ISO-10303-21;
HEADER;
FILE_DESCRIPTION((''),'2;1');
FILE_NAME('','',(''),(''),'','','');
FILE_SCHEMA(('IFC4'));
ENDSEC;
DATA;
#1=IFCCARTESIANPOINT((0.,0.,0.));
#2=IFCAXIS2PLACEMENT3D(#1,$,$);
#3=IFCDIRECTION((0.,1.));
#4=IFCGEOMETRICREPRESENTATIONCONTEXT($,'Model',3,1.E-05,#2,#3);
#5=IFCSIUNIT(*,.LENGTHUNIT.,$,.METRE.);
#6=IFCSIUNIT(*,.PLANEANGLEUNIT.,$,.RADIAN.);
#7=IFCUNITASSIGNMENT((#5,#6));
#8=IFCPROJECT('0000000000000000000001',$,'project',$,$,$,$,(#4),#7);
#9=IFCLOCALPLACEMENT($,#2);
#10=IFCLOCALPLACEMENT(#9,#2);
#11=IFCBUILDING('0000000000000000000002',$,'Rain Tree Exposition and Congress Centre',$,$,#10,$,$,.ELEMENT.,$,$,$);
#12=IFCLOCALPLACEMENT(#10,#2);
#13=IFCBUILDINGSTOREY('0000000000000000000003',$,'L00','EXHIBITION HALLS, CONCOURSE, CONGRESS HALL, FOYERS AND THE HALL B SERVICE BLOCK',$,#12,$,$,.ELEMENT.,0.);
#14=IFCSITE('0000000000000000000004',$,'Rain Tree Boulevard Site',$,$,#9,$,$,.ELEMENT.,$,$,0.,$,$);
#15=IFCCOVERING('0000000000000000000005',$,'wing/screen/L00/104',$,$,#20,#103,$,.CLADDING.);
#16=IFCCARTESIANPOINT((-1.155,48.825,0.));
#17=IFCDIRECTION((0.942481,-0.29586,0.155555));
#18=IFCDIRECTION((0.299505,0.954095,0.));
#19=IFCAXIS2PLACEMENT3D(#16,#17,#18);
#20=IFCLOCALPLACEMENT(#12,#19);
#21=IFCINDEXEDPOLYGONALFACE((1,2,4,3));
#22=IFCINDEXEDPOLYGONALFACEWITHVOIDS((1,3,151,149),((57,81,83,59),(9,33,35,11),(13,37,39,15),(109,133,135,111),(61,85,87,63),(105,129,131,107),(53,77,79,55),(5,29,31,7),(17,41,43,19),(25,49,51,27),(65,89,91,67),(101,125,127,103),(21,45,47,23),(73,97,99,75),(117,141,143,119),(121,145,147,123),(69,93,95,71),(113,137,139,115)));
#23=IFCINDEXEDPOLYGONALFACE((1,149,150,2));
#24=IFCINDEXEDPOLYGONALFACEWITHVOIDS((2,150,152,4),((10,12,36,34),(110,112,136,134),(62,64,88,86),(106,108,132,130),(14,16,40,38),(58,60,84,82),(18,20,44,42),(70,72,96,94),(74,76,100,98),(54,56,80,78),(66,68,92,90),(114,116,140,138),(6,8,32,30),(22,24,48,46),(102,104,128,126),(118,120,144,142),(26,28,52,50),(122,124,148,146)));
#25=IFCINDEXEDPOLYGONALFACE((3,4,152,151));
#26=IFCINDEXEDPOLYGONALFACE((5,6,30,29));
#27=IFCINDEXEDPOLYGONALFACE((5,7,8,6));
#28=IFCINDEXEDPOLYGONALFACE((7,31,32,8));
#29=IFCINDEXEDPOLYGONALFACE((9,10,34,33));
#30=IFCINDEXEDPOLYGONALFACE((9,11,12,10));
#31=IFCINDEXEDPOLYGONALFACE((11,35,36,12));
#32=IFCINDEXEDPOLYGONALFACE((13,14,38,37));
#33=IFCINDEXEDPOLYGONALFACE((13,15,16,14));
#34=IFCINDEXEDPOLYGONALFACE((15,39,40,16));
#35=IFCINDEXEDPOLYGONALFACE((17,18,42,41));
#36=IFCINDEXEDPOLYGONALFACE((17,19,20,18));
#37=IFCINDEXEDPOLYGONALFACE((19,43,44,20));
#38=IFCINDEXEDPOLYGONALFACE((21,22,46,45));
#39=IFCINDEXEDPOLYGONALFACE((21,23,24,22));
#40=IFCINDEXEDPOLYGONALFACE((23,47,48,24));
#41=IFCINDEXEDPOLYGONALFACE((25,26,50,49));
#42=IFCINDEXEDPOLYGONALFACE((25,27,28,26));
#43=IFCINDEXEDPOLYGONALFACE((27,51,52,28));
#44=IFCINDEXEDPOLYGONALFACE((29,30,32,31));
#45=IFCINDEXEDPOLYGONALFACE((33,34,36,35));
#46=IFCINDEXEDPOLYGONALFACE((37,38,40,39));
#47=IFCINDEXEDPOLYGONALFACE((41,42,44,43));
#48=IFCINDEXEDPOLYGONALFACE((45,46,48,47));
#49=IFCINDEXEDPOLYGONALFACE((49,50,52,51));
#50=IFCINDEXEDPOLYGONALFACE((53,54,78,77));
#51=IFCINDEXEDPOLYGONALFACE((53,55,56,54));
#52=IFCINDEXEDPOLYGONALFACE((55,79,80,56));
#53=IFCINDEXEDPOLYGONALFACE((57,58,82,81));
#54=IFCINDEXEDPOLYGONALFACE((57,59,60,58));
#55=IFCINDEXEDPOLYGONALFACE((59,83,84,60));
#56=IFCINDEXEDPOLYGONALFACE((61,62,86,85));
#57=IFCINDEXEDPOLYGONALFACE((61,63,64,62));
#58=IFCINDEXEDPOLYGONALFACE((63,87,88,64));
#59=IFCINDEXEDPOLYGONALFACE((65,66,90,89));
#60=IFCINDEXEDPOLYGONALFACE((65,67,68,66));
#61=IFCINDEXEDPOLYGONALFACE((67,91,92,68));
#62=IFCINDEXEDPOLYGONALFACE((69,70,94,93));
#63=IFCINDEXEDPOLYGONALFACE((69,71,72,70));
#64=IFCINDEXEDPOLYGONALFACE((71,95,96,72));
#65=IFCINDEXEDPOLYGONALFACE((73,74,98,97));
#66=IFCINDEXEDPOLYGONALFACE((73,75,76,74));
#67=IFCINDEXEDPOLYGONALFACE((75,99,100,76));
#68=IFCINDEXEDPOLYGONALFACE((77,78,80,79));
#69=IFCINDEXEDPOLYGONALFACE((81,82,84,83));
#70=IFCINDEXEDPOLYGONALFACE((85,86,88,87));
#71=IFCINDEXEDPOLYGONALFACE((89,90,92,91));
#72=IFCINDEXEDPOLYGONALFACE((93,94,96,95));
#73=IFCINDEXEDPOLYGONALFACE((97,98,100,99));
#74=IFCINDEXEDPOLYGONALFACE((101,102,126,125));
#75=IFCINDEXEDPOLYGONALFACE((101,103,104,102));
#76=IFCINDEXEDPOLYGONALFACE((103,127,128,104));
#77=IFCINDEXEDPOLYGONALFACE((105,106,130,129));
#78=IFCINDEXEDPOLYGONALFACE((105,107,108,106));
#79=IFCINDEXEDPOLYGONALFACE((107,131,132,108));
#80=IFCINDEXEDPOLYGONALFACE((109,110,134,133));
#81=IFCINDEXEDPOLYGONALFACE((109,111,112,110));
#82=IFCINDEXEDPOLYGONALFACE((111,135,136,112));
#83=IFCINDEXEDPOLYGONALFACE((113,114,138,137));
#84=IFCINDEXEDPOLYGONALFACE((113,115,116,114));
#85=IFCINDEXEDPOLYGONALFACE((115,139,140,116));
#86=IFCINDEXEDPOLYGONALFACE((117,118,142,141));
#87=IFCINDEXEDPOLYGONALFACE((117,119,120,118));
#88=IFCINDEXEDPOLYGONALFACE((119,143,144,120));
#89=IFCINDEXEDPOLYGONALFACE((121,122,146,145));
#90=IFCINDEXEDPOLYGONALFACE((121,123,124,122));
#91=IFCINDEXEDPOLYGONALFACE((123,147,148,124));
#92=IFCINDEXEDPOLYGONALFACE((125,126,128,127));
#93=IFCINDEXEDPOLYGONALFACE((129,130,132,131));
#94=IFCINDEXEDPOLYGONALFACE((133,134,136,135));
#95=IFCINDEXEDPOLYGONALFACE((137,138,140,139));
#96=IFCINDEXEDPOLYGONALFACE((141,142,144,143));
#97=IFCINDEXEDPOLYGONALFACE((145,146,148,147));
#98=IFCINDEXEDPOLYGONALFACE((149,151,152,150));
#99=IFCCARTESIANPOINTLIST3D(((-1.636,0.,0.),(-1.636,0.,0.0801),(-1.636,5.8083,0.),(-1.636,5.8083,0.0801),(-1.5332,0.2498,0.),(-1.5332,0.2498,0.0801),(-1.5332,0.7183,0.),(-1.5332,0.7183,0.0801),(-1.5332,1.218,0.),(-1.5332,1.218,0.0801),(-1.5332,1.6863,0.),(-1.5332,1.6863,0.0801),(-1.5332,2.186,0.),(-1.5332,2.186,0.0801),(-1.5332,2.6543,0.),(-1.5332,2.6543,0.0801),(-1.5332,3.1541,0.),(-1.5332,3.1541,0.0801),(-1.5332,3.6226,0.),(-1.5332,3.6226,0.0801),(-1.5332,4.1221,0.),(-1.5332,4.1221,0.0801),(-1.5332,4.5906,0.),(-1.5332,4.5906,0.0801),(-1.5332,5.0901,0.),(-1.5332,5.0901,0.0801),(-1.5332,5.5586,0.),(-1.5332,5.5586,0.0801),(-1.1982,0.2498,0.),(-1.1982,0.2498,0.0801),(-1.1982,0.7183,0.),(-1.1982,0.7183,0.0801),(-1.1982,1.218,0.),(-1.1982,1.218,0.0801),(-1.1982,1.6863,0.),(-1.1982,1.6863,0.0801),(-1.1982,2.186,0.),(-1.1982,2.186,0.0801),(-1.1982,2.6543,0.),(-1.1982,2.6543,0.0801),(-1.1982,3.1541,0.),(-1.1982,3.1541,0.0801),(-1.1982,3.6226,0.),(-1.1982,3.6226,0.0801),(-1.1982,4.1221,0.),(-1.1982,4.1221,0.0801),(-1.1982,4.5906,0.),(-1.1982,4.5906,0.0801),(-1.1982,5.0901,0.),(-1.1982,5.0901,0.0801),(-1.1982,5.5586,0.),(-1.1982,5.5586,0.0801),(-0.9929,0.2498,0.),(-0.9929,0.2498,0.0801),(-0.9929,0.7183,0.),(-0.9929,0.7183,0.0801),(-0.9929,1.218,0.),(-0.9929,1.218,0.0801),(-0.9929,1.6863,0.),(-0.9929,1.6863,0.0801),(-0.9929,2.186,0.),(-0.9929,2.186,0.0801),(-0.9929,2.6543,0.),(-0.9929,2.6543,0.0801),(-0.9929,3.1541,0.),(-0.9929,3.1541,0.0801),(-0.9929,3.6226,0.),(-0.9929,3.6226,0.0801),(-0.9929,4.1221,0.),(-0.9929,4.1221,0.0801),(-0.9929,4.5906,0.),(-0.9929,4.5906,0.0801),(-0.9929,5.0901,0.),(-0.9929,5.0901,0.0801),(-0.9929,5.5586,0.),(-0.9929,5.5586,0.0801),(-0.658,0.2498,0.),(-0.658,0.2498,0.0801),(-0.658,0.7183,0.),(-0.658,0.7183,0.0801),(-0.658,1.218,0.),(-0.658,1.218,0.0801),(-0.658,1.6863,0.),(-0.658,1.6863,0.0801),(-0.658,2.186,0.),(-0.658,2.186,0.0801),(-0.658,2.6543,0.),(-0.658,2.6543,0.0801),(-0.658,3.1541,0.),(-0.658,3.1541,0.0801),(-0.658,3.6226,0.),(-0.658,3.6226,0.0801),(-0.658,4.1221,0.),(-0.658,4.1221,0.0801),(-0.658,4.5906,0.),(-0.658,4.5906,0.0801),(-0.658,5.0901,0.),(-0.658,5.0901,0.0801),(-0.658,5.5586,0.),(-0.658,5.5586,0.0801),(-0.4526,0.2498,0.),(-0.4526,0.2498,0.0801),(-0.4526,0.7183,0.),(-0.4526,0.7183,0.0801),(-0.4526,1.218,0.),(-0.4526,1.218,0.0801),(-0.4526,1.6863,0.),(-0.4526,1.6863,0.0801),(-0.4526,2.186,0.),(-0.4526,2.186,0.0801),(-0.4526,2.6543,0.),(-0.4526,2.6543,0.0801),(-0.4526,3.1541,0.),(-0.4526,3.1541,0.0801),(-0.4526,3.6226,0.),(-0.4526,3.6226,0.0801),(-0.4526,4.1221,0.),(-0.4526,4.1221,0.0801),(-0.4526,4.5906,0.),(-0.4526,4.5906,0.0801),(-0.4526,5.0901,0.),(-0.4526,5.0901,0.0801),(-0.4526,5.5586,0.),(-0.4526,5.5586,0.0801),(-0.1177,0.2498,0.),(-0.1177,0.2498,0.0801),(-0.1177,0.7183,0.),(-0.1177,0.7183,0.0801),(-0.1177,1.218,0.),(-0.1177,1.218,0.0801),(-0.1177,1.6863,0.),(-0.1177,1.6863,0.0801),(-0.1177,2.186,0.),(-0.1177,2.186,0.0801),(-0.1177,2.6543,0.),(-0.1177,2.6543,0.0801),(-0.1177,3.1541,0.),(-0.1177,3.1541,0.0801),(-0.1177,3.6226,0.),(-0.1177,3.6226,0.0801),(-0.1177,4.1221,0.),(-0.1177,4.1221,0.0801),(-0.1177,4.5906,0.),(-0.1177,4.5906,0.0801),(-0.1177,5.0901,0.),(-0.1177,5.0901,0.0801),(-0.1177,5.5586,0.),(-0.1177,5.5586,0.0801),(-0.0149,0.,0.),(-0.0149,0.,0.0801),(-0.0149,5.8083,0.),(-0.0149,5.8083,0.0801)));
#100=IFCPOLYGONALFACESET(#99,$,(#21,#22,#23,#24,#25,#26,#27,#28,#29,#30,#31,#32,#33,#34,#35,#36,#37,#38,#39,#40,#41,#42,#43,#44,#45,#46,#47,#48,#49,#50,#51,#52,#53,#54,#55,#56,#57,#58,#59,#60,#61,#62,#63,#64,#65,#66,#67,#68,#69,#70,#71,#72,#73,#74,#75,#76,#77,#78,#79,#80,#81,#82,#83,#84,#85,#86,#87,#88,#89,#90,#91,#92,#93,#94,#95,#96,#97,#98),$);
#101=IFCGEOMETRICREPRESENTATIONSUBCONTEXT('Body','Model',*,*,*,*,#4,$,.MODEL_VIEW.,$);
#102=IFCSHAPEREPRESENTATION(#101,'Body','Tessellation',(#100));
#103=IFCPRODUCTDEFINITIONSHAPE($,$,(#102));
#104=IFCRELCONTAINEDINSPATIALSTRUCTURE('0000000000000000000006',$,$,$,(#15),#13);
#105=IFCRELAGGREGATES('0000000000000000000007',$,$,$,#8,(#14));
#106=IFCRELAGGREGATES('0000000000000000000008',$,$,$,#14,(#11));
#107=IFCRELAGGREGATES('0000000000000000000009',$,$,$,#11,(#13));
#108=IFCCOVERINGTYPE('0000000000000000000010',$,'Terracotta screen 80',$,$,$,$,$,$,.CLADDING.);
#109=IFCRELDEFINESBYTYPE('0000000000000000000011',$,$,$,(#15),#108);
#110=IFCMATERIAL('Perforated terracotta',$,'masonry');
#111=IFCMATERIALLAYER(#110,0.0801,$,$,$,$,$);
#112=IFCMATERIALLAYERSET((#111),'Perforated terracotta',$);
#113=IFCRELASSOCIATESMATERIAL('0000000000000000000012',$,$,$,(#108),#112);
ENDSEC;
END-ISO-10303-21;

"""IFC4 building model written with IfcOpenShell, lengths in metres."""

from ifc_helpers import new_model, si_unit, direction, frame, origin, place, context, subcontext, project, spatial, polyline, outline, extrude, material, layer, layer_set, type_object, element, save


model = new_model("IFC4")

# Units and contexts
model_context = context("Model", 3, precision=1e-05, world=origin(), true_north=direction((0.0, 1.0)))
body_context = subcontext(model_context, "Body", "Model", "MODEL_VIEW")
ifc_project = project(units=[si_unit("LENGTHUNIT", "METRE"), si_unit("PLANEANGLEUNIT", "RADIAN")], contexts=[model_context])

# Site, building, storey
site_placement = place(None, origin())
site = spatial("IfcSite", under=ifc_project, at=site_placement, Name="Rain Tree Boulevard Site", CompositionType="ELEMENT", RefElevation=0.0)
building_placement = place(site_placement, origin())
building = spatial("IfcBuilding", under=site, at=building_placement, Name="Rain Tree Exposition and Congress Centre", CompositionType="ELEMENT")
storey_placement = place(building_placement, origin())
storey = spatial("IfcBuildingStorey", under=building, at=storey_placement, Name="L00", Description="EXHIBITION HALLS, CONCOURSE, CONGRESS HALL, FOYERS AND THE HALL B SERVICE BLOCK", CompositionType="ELEMENT", Elevation=0.0)

# Covering
ifc_material_1 = material(Name="Perforated terracotta", Category="masonry")
ifc_layer_1 = layer(ifc_material_1, 0.0801)
ifc_layer_set_1 = layer_set([ifc_layer_1], Name="Perforated terracotta")
covering_type = type_object("IfcCoveringType", Name="Terracotta screen 80", PredefinedType="CLADDING", material=ifc_layer_set_1)
covering_1_placement = place(storey_placement, frame((-1.155, 48.825, 0.0), z_axis=(0.942481, -0.29586, 0.155555), x_axis=(0.299505, 0.954095, 0.0)))
element("IfcCovering", 1, at=covering_1_placement, inside=storey, type_object=covering_type, Name="wing/screen/L00/104", PredefinedType="CLADDING", context=body_context, shape_type="SweptSolid", body=[
    extrude(outline(polyline([(-1.636, 0.0), (-1.636, 5.8083), (-0.0149, 5.8083), (-0.0149, 0.0), (-1.636, 0.0)]), holes=[polyline([(-0.1177, 0.2498), (-0.1177, 0.7183), (-0.4526, 0.7183), (-0.4526, 0.2498), (-0.1177, 0.2498)]), polyline([(-0.1177, 1.218), (-0.1177, 1.6863), (-0.4526, 1.6863), (-0.4526, 1.218), (-0.1177, 1.218)]), polyline([(-0.1177, 2.186), (-0.1177, 2.6543), (-0.4526, 2.6543), (-0.4526, 2.186), (-0.1177, 2.186)]), polyline([(-0.1177, 3.1541), (-0.1177, 3.6226), (-0.4526, 3.6226), (-0.4526, 3.1541), (-0.1177, 3.1541)]), polyline([(-0.1177, 4.1221), (-0.1177, 4.5906), (-0.4526, 4.5906), (-0.4526, 4.1221), (-0.1177, 4.1221)]), polyline([(-0.1177, 5.0901), (-0.1177, 5.5586), (-0.4526, 5.5586), (-0.4526, 5.0901), (-0.1177, 5.0901)]), polyline([(-0.658, 0.2498), (-0.658, 0.7183), (-0.9929, 0.7183), (-0.9929, 0.2498), (-0.658, 0.2498)]), polyline([(-0.658, 1.218), (-0.658, 1.6863), (-0.9929, 1.6863), (-0.9929, 1.218), (-0.658, 1.218)]), polyline([(-0.658, 2.186), (-0.658, 2.6543), (-0.9929, 2.6543), (-0.9929, 2.186), (-0.658, 2.186)]), polyline([(-0.658, 3.1541), (-0.658, 3.6226), (-0.9929, 3.6226), (-0.9929, 3.1541), (-0.658, 3.1541)]), polyline([(-0.658, 4.1221), (-0.658, 4.5906), (-0.9929, 4.5906), (-0.9929, 4.1221), (-0.658, 4.1221)]), polyline([(-0.658, 5.0901), (-0.658, 5.5586), (-0.9929, 5.5586), (-0.9929, 5.0901), (-0.658, 5.0901)]), polyline([(-1.1982, 0.2498), (-1.1982, 0.7183), (-1.5332, 0.7183), (-1.5332, 0.2498), (-1.1982, 0.2498)]), polyline([(-1.1982, 1.218), (-1.1982, 1.6863), (-1.5332, 1.6863), (-1.5332, 1.218), (-1.1982, 1.218)]), polyline([(-1.1982, 2.186), (-1.1982, 2.6543), (-1.5332, 2.6543), (-1.5332, 2.186), (-1.1982, 2.186)]), polyline([(-1.1982, 3.1541), (-1.1982, 3.6226), (-1.5332, 3.6226), (-1.5332, 3.1541), (-1.1982, 3.1541)]), polyline([(-1.1982, 4.1221), (-1.1982, 4.5906), (-1.5332, 4.5906), (-1.5332, 4.1221), (-1.1982, 4.1221)]), polyline([(-1.1982, 5.0901), (-1.1982, 5.5586), (-1.5332, 5.5586), (-1.5332, 5.0901), (-1.1982, 5.0901)])]), origin(), (0.0, 0.0, 1.0), 0.0801),
])

save(model, "model.ifc")
